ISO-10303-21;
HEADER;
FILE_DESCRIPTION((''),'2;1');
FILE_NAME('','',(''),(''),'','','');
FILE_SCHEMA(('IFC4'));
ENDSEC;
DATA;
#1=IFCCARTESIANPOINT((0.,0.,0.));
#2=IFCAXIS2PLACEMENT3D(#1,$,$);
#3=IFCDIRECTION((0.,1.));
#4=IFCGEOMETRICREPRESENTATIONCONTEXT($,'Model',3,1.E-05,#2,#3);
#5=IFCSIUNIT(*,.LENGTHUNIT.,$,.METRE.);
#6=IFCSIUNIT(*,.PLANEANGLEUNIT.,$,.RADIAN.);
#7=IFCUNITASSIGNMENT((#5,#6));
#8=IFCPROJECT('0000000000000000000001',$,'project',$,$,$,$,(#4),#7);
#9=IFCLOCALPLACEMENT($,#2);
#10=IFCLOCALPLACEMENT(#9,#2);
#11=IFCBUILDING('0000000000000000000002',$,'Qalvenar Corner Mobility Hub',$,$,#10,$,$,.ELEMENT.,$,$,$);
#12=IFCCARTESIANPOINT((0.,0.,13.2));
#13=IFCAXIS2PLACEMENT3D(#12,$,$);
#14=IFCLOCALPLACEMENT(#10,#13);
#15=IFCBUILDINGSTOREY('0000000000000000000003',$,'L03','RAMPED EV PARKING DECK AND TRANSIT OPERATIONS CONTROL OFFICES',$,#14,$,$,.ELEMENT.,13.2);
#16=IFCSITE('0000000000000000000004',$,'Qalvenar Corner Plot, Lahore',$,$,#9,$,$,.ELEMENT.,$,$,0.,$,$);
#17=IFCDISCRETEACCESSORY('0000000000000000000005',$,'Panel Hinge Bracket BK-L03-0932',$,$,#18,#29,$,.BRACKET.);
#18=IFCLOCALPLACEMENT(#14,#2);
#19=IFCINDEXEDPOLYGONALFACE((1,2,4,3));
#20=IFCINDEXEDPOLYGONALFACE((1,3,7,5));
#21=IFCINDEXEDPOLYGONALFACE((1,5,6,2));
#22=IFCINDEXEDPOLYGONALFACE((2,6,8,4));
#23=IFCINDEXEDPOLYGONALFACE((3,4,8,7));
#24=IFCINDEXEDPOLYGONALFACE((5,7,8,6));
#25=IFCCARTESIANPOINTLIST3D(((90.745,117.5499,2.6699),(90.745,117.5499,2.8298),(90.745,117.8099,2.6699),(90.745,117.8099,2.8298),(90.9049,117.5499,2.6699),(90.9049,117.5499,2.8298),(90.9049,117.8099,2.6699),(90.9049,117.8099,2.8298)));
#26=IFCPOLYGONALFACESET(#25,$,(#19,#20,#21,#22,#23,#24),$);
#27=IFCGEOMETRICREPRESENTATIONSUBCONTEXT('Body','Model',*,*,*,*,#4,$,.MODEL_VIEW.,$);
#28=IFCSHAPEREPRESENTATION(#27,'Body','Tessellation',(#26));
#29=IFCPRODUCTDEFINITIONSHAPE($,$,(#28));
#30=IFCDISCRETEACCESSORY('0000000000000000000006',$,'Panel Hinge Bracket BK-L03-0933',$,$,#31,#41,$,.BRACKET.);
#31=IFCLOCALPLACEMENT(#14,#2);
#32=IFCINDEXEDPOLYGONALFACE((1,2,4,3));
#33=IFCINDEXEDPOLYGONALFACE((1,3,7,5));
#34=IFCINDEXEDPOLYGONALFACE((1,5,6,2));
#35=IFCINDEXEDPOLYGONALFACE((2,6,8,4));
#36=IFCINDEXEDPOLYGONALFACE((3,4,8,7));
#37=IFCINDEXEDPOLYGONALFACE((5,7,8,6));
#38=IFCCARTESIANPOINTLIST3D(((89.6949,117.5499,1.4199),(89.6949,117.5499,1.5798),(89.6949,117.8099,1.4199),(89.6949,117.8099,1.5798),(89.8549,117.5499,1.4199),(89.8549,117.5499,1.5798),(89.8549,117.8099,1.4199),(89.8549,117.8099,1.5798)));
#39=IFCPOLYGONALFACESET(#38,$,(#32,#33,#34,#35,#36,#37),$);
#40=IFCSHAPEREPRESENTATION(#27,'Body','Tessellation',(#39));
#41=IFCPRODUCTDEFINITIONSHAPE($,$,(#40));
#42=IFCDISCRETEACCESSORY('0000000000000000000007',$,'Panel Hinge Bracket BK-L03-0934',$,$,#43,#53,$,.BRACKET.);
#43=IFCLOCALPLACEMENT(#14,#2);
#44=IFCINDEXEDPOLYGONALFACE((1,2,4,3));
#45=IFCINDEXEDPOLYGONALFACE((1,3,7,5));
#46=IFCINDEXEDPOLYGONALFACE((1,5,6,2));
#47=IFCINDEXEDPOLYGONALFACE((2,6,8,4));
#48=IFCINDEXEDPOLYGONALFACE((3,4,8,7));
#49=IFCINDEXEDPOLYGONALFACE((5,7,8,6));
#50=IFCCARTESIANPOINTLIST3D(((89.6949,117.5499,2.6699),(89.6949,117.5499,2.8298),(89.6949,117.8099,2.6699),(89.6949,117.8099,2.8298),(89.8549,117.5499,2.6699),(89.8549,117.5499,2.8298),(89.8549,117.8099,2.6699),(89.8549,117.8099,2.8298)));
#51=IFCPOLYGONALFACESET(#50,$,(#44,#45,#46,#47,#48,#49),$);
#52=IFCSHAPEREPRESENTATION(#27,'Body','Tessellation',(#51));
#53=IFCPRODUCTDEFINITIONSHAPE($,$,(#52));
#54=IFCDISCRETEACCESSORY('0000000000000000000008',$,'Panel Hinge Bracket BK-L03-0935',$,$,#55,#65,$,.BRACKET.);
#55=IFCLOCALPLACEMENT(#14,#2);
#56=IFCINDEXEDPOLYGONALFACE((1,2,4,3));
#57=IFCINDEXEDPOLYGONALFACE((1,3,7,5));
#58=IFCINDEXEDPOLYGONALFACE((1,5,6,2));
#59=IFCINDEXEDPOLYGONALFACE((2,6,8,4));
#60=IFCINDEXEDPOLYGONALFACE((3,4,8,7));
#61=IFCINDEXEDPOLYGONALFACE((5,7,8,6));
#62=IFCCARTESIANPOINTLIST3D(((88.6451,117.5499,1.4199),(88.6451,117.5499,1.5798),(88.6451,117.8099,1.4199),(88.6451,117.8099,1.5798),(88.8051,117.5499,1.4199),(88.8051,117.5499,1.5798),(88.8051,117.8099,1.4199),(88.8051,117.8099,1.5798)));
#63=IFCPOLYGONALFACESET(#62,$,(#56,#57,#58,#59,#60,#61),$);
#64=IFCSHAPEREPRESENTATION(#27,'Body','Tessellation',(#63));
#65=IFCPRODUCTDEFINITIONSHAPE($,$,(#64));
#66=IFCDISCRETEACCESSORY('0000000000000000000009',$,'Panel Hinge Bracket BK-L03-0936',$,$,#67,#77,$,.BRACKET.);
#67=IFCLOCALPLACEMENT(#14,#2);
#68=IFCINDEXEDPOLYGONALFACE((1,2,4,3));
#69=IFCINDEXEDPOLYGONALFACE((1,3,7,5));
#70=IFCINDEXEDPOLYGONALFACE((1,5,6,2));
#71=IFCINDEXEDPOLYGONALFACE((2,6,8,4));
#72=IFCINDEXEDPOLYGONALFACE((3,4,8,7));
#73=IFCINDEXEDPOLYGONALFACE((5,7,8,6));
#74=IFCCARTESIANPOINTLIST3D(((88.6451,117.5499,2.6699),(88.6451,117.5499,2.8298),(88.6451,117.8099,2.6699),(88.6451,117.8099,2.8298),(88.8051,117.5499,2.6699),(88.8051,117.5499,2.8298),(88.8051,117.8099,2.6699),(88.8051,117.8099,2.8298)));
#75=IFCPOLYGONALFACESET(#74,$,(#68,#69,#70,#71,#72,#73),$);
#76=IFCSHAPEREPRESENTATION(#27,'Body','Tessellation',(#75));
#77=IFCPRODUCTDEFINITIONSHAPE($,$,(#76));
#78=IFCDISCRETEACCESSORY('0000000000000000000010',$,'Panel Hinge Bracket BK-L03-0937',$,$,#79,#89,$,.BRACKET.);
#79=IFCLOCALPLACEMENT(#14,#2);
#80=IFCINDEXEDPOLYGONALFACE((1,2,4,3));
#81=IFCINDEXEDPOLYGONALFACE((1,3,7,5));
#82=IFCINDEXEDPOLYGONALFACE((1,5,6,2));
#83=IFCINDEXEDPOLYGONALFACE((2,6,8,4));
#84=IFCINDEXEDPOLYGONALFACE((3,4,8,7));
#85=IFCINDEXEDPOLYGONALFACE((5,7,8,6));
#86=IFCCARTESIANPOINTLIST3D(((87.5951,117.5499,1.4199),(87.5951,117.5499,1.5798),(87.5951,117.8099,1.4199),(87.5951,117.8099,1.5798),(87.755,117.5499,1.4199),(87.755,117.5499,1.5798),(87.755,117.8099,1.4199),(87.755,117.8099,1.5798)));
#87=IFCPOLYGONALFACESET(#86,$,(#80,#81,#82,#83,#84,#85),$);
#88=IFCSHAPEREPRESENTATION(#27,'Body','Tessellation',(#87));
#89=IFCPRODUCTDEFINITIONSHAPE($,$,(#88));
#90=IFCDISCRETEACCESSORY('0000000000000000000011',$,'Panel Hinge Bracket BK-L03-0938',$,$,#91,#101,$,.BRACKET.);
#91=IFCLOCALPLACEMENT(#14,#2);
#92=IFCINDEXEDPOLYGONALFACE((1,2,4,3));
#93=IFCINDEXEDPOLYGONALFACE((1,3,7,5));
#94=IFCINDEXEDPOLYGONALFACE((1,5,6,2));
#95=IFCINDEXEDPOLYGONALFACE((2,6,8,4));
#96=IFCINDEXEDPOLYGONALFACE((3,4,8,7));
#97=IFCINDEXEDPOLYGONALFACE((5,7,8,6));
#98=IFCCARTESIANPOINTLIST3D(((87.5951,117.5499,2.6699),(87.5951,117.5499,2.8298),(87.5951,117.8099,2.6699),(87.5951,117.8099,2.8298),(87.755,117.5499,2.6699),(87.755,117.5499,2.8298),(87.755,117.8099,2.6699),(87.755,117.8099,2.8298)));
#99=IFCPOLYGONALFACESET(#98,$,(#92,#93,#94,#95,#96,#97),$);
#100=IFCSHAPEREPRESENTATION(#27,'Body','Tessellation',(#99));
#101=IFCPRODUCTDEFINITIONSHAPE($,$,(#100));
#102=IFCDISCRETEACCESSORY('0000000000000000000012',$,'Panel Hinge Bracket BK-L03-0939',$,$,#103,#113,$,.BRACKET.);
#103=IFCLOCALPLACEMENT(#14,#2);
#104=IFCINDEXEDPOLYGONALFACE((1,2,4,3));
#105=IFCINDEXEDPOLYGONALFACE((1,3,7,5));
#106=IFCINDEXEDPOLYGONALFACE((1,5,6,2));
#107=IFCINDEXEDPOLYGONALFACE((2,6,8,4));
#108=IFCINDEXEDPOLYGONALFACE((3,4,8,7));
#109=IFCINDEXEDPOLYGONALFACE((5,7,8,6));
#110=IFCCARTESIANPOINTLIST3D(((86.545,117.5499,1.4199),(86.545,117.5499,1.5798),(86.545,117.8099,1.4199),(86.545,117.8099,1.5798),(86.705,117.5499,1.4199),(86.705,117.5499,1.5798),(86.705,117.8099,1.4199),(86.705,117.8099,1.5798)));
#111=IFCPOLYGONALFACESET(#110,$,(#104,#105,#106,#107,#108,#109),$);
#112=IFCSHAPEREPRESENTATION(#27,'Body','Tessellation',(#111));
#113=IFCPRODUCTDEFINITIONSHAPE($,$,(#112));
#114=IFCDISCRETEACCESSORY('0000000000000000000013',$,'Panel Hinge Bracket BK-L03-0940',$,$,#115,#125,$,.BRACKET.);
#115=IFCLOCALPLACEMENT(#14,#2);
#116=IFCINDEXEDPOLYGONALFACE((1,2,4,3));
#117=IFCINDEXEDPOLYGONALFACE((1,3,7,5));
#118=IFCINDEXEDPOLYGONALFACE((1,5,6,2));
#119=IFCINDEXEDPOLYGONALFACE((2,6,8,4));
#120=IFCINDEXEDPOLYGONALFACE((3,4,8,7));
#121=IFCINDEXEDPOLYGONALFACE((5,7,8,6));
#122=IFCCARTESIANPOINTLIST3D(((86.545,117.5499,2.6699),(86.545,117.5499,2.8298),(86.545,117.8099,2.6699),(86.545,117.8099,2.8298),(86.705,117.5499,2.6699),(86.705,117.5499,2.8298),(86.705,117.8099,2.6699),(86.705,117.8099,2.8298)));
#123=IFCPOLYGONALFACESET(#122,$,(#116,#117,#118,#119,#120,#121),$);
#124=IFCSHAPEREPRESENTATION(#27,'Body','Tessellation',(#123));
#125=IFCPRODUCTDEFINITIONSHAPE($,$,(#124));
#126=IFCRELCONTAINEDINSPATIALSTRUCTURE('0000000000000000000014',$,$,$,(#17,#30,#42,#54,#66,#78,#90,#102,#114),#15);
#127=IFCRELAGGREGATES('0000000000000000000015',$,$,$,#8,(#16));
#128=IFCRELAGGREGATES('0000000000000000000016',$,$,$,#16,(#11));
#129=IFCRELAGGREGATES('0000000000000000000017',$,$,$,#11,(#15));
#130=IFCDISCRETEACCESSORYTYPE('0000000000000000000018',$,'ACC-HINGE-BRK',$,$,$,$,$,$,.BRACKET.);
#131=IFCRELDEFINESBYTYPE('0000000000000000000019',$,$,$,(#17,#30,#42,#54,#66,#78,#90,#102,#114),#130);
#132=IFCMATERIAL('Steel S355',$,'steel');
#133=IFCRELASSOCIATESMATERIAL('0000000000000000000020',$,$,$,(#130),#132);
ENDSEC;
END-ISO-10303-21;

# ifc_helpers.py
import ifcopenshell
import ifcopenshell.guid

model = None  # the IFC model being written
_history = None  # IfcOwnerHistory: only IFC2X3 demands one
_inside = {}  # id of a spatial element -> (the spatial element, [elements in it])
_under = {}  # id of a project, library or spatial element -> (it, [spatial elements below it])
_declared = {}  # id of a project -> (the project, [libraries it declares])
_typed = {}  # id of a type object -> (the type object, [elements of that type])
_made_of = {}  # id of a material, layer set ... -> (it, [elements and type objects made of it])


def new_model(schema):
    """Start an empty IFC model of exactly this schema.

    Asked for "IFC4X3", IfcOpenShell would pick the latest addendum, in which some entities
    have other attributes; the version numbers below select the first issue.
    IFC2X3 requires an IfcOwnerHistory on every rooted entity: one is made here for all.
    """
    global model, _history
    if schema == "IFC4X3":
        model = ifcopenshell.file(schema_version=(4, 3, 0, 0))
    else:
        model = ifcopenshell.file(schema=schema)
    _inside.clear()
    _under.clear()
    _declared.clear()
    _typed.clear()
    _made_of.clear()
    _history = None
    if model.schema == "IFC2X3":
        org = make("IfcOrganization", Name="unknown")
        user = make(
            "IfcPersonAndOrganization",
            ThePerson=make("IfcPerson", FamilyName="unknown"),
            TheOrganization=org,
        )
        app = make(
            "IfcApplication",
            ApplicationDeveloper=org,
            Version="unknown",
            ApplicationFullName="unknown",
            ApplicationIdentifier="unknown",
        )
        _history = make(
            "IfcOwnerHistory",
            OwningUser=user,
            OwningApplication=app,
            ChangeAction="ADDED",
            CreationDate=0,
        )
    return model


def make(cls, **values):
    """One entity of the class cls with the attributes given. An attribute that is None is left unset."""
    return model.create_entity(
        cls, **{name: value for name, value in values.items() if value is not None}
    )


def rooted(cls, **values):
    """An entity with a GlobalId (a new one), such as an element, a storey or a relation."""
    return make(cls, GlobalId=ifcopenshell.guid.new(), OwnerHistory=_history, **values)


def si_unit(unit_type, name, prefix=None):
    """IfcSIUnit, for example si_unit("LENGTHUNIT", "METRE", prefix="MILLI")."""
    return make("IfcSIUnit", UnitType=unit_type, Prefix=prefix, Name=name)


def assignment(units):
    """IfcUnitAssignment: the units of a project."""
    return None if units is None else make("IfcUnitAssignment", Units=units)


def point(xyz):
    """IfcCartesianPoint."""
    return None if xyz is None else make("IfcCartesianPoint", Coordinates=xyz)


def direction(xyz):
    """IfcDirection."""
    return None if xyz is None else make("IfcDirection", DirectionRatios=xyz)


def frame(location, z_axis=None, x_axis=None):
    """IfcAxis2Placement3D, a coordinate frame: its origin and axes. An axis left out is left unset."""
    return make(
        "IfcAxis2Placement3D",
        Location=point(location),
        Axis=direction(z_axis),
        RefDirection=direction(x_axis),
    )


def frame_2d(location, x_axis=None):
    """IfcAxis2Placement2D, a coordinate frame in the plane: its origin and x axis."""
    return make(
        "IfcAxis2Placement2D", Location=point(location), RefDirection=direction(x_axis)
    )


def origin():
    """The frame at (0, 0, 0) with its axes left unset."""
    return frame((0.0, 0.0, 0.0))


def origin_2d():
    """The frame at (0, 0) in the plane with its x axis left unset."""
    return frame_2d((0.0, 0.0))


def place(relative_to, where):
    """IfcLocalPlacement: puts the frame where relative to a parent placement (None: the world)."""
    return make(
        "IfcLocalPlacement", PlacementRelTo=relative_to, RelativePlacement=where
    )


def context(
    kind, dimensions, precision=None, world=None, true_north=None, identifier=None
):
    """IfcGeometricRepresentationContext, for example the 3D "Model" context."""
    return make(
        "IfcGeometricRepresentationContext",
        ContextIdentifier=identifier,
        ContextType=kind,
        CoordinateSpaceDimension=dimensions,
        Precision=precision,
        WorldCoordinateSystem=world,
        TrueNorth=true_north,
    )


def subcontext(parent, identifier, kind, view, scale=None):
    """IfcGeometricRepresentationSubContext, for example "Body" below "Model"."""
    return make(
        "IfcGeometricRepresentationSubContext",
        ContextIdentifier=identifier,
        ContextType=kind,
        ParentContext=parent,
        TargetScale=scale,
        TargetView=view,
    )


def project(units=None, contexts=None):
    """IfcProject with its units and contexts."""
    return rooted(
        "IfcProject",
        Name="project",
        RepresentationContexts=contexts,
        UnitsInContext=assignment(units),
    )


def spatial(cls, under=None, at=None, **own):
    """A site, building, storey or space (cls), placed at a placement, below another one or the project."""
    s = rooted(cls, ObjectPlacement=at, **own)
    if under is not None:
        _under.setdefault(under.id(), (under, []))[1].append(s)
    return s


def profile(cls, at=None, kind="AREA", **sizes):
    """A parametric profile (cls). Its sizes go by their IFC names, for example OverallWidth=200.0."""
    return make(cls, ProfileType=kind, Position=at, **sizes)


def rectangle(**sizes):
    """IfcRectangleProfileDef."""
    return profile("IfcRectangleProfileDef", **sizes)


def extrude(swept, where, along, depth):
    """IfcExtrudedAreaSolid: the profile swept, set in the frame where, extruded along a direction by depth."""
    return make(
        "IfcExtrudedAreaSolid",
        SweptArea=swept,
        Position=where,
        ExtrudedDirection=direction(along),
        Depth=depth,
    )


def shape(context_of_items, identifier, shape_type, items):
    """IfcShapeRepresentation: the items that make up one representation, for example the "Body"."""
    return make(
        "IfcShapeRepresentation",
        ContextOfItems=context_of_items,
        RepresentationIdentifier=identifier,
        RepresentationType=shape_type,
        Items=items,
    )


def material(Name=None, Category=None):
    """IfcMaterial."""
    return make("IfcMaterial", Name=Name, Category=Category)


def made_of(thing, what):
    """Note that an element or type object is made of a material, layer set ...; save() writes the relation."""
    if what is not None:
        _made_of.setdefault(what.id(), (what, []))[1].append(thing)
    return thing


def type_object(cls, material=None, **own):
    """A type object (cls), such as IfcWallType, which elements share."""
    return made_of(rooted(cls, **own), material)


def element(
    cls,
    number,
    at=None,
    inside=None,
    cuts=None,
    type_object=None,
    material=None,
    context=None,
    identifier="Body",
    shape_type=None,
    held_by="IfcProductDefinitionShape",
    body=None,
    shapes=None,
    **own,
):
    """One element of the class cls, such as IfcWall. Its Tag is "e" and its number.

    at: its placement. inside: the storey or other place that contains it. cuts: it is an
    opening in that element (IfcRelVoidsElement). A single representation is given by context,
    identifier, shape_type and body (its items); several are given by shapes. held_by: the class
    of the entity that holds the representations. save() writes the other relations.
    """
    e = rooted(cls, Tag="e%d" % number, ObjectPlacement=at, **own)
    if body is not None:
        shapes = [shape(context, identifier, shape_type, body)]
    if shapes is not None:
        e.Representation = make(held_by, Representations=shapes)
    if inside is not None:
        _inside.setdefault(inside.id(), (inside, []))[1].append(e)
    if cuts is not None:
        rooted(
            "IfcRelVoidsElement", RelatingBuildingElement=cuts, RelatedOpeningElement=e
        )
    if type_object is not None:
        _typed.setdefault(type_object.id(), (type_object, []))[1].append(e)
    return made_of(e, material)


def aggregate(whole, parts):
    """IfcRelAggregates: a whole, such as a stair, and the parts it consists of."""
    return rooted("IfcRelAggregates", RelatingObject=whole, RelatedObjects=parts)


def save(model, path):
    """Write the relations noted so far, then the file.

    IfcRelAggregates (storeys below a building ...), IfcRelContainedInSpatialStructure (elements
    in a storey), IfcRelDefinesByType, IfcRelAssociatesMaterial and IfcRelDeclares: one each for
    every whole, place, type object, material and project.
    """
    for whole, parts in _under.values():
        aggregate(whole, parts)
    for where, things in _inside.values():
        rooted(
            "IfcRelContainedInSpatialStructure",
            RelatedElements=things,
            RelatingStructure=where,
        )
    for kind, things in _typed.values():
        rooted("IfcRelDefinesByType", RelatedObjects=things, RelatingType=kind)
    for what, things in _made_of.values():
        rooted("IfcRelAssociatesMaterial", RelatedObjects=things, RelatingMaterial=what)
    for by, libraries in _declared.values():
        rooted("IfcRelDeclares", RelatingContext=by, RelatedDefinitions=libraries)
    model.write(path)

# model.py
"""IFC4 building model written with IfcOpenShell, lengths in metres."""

from ifc_helpers import new_model, si_unit, direction, frame, origin, origin_2d, place, context, subcontext, project, spatial, rectangle, extrude, material, type_object, element, save


model = new_model("IFC4")

# Units and contexts
model_context = context("Model", 3, precision=1e-05, world=origin(), true_north=direction((0.0, 1.0)))
body_context = subcontext(model_context, "Body", "Model", "MODEL_VIEW")
ifc_project = project(units=[si_unit("LENGTHUNIT", "METRE"), si_unit("PLANEANGLEUNIT", "RADIAN")], contexts=[model_context])

# Site, building, storey
site_placement = place(None, origin())
site = spatial("IfcSite", under=ifc_project, at=site_placement, Name="Qalvenar Corner Plot, Lahore", CompositionType="ELEMENT", RefElevation=0.0)
building_placement = place(site_placement, origin())
building = spatial("IfcBuilding", under=site, at=building_placement, Name="Qalvenar Corner Mobility Hub", CompositionType="ELEMENT")
storey_placement = place(building_placement, frame((0.0, 0.0, 13.2)))
storey = spatial("IfcBuildingStorey", under=building, at=storey_placement, Name="L03", Description="RAMPED EV PARKING DECK AND TRANSIT OPERATIONS CONTROL OFFICES", CompositionType="ELEMENT", Elevation=13.2)

# Shared definitions
ifc_material = material(Name="Steel S355", Category="steel")

# Discrete accessories
discrete_accessory_type = type_object("IfcDiscreteAccessoryType", Name="ACC-HINGE-BRK", PredefinedType="BRACKET", material=ifc_material)
for number, where, z_axis, x_axis, name in (
    (1, (90.825, 117.6799, 2.6699), (0.0, 0.0, 1.0), (-1.0, 0.0, 0.0), "Panel Hinge Bracket BK-L03-0932"),
    (2, (89.7749, 117.6799, 1.4199), (0.0, 0.0, 1.0), (-1.0, 0.0, 0.0), "Panel Hinge Bracket BK-L03-0933"),
    (3, (89.7749, 117.6799, 2.6699), (0.0, 0.0, 1.0), (-1.0, 0.0, 0.0), "Panel Hinge Bracket BK-L03-0934"),
    (4, (88.7251, 117.6799, 1.4199), (0.0, 0.0, 1.0), (-1.0, 0.0, 0.0), "Panel Hinge Bracket BK-L03-0935"),
    (5, (88.7251, 117.6799, 2.6699), (0.0, 0.0, 1.0), (-1.0, 0.0, 0.0), "Panel Hinge Bracket BK-L03-0936"),
    (6, (87.675, 117.6799, 1.4199), (0.0, 0.0, 1.0), (-1.0, 0.0, 0.0), "Panel Hinge Bracket BK-L03-0937"),
    (7, (87.675, 117.6799, 2.6699), (0.0, 0.0, 1.0), (-1.0, 0.0, 0.0), "Panel Hinge Bracket BK-L03-0938"),
    (8, (86.625, 117.6799, 1.4199), (0.0, 0.0, 1.0), (-1.0, 0.0, 0.0), "Panel Hinge Bracket BK-L03-0939"),
    (9, (86.625, 117.6799, 2.6699), (0.0, 0.0, 1.0), (-1.0, 0.0, 0.0), "Panel Hinge Bracket BK-L03-0940"),
):
    element("IfcDiscreteAccessory", number, at=place(storey_placement, frame(where, z_axis=z_axis, x_axis=x_axis)), inside=storey, type_object=discrete_accessory_type, Name=name, PredefinedType="BRACKET", context=body_context, shape_type="SweptSolid", body=[
        extrude(rectangle(XDim=0.1599, YDim=0.26, at=origin_2d()), origin(), (0.0, 0.0, 1.0), 0.1599),
    ])

save(model, "model.ifc")
